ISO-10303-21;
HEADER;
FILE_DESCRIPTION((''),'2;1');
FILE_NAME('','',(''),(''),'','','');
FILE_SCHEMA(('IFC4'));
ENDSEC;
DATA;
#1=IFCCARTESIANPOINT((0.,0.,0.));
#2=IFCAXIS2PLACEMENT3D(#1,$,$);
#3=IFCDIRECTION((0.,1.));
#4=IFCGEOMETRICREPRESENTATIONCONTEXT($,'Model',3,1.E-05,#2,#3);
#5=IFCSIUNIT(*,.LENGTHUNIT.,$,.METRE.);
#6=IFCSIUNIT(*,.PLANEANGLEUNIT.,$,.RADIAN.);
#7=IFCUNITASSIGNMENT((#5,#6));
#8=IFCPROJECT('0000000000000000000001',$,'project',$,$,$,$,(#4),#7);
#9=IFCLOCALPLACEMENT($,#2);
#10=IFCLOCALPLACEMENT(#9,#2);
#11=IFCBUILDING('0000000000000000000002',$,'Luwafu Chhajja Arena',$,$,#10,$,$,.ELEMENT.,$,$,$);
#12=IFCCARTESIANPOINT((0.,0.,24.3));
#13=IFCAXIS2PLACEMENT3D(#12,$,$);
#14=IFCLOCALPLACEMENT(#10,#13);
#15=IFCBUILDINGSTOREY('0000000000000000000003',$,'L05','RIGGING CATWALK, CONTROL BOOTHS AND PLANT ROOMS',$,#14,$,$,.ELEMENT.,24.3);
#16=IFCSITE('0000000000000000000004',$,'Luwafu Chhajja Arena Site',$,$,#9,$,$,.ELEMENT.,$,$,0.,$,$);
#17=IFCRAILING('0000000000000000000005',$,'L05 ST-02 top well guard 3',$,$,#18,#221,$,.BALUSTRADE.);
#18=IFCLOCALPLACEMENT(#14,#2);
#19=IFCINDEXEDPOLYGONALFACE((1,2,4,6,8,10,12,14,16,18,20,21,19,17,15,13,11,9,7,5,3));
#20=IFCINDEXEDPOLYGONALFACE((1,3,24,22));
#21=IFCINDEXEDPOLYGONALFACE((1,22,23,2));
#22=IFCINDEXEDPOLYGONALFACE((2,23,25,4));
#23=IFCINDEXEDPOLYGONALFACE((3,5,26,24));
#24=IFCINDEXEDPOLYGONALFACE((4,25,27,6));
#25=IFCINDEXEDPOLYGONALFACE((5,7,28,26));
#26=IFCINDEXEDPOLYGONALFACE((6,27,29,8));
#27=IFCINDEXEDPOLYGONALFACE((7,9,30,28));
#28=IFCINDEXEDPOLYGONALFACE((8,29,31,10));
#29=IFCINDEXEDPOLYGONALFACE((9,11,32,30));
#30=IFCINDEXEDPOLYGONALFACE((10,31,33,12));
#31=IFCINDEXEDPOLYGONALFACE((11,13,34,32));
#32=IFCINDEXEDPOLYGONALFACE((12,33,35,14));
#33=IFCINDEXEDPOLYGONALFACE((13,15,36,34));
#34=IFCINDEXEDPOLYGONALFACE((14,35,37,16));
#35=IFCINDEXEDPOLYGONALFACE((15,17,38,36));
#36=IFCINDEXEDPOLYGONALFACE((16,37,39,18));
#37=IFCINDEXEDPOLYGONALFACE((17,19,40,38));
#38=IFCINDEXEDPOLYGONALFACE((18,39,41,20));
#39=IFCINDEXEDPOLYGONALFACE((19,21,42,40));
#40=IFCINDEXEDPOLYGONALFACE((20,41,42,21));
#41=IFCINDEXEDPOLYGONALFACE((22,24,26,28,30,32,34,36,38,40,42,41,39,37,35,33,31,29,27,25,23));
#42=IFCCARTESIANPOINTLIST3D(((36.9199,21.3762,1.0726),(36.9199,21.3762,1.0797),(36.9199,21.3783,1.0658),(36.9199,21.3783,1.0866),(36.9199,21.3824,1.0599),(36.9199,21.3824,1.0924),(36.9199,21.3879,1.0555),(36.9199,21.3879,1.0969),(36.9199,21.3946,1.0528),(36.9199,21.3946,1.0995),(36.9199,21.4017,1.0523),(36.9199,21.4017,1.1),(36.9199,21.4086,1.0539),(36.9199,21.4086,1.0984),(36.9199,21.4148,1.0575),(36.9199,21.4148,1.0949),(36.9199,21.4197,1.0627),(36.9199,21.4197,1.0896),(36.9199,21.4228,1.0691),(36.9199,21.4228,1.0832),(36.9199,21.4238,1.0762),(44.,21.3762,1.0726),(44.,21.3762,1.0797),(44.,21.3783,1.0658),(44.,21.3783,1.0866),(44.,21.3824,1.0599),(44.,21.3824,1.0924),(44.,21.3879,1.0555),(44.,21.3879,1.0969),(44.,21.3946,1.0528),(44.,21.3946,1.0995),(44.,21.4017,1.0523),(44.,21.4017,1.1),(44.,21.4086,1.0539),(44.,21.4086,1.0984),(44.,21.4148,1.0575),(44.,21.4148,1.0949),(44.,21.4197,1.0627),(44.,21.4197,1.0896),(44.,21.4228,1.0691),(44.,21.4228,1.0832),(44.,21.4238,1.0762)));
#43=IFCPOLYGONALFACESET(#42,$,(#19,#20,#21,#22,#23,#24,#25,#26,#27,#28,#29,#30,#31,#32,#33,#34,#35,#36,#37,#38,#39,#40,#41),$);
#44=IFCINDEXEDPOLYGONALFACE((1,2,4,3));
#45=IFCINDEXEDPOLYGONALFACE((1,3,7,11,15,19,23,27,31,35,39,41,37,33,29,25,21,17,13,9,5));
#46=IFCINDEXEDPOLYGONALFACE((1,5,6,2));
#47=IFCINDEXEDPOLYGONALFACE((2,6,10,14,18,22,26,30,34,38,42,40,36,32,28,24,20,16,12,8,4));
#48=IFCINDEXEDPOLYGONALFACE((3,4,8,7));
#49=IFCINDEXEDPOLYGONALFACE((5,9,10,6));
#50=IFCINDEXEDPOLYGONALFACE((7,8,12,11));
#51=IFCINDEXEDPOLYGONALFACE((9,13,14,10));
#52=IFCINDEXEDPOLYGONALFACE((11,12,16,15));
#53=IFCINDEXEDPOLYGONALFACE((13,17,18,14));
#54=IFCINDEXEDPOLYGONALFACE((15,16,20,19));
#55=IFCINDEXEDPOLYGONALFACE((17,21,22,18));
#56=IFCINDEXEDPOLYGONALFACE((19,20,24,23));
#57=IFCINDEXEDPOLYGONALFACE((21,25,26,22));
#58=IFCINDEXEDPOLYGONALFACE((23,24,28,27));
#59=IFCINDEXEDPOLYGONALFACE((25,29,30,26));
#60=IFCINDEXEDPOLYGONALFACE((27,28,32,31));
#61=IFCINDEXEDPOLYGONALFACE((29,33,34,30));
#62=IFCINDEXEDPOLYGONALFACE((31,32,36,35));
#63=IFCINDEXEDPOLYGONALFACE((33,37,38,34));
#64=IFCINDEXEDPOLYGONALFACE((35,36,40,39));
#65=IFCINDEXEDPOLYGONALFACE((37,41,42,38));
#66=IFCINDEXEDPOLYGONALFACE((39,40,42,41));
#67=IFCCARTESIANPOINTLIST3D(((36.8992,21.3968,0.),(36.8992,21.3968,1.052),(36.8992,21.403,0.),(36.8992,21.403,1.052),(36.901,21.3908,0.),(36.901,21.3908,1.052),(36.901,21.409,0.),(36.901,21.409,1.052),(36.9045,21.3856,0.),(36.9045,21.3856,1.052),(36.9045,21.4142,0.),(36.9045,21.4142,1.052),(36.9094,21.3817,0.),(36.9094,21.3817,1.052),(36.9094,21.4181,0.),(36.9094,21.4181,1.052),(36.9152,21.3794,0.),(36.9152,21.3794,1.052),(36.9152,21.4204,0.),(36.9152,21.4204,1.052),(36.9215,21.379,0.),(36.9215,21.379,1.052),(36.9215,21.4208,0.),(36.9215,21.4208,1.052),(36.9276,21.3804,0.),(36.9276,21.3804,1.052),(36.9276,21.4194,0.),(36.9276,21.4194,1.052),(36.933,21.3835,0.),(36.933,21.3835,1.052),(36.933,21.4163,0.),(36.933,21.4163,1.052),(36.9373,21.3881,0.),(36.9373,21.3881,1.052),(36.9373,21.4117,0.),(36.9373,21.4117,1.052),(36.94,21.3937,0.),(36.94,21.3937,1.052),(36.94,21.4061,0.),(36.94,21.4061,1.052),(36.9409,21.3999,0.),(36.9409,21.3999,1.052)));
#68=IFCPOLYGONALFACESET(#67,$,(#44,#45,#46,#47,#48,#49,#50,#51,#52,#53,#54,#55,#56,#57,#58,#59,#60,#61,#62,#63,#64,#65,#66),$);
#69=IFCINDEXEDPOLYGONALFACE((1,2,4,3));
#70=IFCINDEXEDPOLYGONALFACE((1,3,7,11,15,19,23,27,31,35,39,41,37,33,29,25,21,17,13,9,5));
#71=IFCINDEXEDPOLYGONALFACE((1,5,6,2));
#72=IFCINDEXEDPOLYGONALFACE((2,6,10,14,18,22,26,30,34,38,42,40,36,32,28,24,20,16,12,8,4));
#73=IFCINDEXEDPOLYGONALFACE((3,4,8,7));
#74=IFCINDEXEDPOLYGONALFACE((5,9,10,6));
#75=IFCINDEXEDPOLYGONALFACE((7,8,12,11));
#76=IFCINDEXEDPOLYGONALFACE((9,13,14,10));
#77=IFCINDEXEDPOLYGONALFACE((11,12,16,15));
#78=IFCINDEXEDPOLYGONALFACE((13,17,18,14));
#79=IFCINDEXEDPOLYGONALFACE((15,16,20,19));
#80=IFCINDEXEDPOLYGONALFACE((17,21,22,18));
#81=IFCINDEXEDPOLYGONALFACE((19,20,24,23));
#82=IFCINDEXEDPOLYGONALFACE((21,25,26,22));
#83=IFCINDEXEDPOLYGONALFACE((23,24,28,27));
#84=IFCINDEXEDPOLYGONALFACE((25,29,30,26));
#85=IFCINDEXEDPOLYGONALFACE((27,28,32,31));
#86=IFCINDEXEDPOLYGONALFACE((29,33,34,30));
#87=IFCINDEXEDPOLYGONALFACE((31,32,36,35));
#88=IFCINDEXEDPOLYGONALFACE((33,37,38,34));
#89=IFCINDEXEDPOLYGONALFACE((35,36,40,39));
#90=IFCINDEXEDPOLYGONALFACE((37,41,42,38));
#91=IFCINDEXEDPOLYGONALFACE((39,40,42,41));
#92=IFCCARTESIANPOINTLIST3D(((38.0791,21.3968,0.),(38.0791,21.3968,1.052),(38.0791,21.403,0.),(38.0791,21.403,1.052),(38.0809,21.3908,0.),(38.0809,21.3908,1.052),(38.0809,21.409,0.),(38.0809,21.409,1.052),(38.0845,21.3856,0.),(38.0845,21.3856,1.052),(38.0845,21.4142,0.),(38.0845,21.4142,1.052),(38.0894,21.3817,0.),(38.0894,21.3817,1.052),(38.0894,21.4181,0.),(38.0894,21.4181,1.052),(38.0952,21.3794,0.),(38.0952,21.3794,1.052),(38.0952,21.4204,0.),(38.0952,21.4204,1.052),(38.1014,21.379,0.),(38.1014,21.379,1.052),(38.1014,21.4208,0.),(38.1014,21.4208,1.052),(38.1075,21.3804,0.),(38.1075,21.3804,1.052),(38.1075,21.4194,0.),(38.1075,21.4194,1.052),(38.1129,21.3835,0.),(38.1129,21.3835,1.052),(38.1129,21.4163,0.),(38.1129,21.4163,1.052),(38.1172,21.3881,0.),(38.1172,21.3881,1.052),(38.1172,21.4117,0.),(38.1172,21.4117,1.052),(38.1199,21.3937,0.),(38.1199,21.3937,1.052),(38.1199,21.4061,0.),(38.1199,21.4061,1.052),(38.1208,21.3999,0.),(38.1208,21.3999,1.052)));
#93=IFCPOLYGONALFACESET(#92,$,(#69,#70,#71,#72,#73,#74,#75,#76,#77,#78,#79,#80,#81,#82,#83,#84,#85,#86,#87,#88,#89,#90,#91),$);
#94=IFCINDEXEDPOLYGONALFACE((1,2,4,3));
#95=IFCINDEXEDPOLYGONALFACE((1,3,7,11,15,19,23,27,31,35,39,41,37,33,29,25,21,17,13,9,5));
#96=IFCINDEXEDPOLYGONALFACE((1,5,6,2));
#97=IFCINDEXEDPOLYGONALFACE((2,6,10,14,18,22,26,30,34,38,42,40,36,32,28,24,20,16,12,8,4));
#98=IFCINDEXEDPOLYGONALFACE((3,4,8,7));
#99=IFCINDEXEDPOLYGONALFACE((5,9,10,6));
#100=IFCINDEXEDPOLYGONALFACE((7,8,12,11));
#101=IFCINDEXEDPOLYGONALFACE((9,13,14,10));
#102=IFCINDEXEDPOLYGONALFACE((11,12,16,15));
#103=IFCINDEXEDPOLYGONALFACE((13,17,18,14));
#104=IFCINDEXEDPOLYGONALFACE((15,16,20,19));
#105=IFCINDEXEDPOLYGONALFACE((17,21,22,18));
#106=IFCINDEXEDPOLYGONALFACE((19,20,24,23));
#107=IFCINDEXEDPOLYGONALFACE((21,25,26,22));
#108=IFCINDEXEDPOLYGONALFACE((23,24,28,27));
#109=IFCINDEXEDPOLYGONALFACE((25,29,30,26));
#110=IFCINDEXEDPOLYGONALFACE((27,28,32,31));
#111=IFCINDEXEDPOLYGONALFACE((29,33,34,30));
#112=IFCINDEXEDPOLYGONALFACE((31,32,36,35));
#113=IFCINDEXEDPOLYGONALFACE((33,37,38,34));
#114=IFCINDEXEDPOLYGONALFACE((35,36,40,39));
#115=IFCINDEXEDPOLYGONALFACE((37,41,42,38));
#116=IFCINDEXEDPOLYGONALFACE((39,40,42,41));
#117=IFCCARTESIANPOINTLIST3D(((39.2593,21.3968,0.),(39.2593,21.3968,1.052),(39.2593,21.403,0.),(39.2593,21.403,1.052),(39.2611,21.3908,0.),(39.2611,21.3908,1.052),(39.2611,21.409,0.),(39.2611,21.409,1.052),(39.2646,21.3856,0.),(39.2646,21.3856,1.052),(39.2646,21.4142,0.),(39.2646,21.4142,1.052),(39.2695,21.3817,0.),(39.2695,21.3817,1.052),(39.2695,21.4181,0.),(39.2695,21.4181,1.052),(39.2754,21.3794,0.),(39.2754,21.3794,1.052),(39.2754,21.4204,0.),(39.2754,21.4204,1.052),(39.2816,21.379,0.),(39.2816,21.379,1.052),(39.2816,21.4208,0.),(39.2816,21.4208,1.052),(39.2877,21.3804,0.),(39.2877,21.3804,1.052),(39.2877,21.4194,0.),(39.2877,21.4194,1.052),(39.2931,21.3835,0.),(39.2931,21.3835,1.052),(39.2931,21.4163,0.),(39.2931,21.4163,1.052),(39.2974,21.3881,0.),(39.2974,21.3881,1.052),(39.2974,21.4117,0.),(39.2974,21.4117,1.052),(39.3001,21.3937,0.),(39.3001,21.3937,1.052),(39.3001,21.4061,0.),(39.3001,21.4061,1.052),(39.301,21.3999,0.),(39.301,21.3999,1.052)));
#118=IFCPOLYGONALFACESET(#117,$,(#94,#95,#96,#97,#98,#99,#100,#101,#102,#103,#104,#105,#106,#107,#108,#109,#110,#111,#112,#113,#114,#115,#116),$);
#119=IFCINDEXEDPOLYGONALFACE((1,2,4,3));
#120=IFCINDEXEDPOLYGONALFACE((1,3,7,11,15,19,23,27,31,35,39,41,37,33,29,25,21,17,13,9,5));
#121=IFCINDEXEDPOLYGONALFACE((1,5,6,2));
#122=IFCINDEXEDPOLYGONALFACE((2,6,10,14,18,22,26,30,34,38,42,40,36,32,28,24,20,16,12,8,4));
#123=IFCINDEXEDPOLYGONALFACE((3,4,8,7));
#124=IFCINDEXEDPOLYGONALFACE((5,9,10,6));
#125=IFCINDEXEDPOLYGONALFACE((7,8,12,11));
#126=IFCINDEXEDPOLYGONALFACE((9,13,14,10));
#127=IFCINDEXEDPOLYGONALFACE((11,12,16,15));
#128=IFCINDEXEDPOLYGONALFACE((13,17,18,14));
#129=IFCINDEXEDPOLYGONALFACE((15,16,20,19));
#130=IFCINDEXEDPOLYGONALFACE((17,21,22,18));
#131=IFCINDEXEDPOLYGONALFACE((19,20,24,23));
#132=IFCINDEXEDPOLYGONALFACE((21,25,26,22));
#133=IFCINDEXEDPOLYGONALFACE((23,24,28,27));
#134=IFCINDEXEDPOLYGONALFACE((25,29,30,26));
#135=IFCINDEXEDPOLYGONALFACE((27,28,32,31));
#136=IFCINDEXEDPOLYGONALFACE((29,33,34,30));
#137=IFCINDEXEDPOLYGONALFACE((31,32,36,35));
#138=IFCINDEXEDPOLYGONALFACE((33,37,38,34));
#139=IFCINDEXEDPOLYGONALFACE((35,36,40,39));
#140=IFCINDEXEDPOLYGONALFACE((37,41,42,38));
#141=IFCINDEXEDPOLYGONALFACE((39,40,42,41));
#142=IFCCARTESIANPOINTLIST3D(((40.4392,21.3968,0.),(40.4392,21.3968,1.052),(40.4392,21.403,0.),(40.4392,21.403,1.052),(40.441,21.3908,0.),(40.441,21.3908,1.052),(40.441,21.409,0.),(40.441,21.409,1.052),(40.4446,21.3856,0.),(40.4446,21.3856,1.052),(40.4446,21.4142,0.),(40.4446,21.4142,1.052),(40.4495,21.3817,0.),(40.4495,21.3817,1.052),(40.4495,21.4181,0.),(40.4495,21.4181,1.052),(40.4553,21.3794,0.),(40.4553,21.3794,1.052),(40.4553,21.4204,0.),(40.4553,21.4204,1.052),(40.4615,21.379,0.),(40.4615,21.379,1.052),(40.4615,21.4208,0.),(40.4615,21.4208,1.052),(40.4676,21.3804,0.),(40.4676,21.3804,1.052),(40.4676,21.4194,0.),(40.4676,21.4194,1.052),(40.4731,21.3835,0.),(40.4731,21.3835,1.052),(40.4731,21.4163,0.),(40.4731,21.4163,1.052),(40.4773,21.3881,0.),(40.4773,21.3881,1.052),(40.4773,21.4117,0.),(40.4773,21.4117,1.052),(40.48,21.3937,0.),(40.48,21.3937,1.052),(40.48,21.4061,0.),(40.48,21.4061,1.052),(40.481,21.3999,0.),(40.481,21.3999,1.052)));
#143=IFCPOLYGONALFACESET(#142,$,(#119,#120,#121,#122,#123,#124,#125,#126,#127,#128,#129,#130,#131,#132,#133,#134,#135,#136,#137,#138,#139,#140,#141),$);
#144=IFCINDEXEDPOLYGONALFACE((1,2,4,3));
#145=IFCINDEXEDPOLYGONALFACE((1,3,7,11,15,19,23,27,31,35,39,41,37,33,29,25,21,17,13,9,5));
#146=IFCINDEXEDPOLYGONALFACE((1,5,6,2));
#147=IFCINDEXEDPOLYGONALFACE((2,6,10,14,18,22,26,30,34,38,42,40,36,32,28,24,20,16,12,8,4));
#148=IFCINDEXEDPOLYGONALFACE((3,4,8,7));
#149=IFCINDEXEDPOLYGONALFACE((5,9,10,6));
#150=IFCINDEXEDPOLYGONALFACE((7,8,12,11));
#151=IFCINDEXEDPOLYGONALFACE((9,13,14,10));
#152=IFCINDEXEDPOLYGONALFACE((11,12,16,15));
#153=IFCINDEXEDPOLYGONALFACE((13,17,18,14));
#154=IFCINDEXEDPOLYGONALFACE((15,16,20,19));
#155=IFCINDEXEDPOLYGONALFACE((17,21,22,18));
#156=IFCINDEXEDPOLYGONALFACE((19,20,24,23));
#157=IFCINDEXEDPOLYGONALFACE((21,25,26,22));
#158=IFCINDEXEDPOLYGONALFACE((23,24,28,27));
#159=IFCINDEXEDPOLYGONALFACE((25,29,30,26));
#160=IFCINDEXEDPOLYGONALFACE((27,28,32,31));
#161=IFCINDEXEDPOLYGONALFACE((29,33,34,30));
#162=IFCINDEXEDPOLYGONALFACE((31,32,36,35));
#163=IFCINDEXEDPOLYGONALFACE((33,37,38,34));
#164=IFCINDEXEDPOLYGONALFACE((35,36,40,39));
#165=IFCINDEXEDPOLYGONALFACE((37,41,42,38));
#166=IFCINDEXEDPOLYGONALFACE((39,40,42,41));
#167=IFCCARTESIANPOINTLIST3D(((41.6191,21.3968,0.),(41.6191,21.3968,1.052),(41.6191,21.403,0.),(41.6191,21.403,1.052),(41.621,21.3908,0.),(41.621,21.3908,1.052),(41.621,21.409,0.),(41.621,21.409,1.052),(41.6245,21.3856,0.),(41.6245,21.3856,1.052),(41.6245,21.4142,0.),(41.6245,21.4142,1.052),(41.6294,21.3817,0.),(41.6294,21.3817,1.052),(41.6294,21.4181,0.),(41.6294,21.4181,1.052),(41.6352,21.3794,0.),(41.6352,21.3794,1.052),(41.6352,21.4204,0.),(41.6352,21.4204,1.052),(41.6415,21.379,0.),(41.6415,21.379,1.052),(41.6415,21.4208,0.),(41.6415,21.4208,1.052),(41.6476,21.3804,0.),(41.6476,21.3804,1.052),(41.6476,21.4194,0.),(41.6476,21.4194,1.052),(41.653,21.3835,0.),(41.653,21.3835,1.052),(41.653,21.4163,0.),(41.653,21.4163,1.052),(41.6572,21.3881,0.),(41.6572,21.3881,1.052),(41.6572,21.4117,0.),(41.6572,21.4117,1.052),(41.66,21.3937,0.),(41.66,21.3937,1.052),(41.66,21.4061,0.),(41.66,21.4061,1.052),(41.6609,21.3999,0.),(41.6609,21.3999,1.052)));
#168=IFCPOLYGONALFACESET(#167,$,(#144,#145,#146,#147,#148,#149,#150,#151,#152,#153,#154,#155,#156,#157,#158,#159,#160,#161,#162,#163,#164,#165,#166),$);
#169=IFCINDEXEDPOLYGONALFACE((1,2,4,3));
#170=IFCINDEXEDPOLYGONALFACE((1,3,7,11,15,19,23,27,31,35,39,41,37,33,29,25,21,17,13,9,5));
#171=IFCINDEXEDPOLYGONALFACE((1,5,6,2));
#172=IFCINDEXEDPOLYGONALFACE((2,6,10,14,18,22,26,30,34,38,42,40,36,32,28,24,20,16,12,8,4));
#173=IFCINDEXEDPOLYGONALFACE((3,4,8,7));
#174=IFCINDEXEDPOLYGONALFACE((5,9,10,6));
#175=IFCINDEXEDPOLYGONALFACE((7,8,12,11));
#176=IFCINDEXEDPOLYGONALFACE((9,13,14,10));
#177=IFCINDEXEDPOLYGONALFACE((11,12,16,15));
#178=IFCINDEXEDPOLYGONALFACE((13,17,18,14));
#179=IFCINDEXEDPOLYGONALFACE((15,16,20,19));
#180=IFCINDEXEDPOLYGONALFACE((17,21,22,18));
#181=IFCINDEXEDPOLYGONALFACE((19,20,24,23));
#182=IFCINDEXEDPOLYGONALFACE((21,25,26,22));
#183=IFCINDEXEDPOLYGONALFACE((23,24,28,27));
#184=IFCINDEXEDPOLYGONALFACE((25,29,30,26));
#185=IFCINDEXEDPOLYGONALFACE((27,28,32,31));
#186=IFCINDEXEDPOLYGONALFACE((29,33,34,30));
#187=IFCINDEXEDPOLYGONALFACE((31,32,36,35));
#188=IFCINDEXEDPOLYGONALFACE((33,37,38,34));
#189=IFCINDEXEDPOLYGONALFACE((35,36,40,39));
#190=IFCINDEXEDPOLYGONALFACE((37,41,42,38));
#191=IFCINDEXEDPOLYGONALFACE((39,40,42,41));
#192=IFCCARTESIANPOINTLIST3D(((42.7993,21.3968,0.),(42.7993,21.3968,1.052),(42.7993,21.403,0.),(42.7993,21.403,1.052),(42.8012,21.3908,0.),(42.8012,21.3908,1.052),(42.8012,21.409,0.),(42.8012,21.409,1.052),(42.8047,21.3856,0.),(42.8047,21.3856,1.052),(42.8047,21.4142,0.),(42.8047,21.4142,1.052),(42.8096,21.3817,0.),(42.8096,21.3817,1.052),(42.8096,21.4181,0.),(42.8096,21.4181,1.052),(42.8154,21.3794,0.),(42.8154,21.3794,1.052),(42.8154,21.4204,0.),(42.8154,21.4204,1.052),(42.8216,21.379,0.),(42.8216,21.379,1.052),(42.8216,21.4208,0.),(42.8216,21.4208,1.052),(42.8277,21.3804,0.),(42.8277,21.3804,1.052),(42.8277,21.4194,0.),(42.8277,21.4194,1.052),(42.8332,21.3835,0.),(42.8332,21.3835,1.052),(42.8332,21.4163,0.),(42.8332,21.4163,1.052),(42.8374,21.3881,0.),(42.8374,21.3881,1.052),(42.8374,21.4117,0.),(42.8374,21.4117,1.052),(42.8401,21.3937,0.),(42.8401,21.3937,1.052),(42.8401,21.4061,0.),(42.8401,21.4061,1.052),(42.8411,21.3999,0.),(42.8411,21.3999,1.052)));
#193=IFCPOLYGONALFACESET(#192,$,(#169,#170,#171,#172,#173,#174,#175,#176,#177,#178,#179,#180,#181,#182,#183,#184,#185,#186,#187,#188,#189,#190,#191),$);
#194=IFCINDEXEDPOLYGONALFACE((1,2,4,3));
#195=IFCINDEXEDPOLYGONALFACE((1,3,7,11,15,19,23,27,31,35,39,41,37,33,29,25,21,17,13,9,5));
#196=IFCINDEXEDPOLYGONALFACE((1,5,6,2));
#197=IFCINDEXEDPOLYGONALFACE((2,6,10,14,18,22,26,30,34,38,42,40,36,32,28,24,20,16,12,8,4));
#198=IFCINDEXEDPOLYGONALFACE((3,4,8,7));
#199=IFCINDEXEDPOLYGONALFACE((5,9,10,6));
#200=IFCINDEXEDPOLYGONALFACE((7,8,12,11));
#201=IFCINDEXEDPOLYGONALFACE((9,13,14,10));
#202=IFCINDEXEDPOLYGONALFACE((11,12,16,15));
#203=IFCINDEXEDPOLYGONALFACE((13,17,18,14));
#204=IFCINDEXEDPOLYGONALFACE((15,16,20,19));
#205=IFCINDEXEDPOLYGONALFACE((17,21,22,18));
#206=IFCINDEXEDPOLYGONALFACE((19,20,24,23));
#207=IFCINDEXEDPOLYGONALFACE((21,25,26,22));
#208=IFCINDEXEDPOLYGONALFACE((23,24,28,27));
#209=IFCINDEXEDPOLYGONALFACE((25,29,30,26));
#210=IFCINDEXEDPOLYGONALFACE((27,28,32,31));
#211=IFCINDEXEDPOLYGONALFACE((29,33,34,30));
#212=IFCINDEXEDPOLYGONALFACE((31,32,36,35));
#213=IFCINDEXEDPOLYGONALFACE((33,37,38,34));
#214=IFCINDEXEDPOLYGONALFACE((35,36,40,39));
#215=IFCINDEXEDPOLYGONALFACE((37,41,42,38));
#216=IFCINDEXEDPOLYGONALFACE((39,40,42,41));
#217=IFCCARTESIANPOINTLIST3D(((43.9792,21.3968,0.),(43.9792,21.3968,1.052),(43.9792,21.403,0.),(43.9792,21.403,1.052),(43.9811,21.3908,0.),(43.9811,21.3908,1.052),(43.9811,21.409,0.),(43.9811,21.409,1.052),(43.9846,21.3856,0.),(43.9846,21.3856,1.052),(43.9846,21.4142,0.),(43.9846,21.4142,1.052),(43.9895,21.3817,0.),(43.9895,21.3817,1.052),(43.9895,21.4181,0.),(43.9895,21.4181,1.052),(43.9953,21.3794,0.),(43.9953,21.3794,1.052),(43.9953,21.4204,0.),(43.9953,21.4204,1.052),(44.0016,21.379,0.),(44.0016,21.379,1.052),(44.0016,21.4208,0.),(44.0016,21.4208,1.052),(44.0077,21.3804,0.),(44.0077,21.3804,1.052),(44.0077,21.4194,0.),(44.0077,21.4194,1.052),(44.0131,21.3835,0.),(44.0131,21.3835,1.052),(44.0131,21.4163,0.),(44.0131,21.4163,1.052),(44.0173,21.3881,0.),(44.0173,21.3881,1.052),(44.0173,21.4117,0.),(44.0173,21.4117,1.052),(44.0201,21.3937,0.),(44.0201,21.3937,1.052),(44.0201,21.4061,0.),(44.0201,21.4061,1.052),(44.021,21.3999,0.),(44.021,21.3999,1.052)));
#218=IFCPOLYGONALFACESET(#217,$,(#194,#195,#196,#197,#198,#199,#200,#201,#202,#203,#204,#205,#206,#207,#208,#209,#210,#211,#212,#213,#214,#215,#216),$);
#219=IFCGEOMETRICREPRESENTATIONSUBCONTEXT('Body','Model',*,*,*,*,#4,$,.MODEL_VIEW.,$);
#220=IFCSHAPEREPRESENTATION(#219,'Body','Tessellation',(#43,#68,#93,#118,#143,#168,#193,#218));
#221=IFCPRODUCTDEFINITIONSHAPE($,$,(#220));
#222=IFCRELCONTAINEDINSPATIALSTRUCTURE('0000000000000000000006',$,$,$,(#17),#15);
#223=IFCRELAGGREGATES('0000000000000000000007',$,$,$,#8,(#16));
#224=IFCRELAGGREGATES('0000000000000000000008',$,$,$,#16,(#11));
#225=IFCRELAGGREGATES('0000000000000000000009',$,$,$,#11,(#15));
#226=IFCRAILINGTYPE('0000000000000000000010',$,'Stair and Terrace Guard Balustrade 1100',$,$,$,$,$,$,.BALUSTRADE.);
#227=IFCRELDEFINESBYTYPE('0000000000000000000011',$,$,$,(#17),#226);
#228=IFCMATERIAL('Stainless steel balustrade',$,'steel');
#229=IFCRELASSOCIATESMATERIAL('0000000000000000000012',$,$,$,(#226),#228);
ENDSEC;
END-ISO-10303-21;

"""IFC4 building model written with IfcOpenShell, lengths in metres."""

from ifc_helpers import new_model, si_unit, direction, frame, origin, origin_2d, place, context, subcontext, project, spatial, circle, extrude, material, type_object, element, save


model = new_model("IFC4")

# Units and contexts
model_context = context("Model", 3, precision=1e-05, world=origin(), true_north=direction((0.0, 1.0)))
body_context = subcontext(model_context, "Body", "Model", "MODEL_VIEW")
ifc_project = project(units=[si_unit("LENGTHUNIT", "METRE"), si_unit("PLANEANGLEUNIT", "RADIAN")], contexts=[model_context])

# Site, building, storey
site_placement = place(None, origin())
site = spatial("IfcSite", under=ifc_project, at=site_placement, Name="Luwafu Chhajja Arena Site", CompositionType="ELEMENT", RefElevation=0.0)
building_placement = place(site_placement, origin())
building = spatial("IfcBuilding", under=site, at=building_placement, Name="Luwafu Chhajja Arena", CompositionType="ELEMENT")
storey_placement = place(building_placement, frame((0.0, 0.0, 24.3)))
storey = spatial("IfcBuildingStorey", under=building, at=storey_placement, Name="L05", Description="RIGGING CATWALK, CONTROL BOOTHS AND PLANT ROOMS", CompositionType="ELEMENT", Elevation=24.3)

# Railing
ifc_material_1 = material(Name="Stainless steel balustrade", Category="steel")
railing_type = type_object("IfcRailingType", Name="Stair and Terrace Guard Balustrade 1100", PredefinedType="BALUSTRADE", material=ifc_material_1)
for number, where, name in (
    (1, (36.9199, 21.3999, 0.0), "L05 ST-02 top well guard 3"),
):
    element("IfcRailing", number, at=place(storey_placement, frame(where)), inside=storey, type_object=railing_type, Name=name, PredefinedType="BALUSTRADE", context=body_context, shape_type="SweptSolid", body=[
        extrude(circle(Radius=0.0239, at=origin_2d()), frame((0.0, 0.0, 1.0762), z_axis=(1.0, 0.0, 0.0), x_axis=(0.0, 1.0, 0.0)), (0.0, 0.0, 1.0), 7.0801),
        extrude(circle(Radius=0.021, at=origin_2d()), origin(), (0.0, 0.0, 1.0), 1.052),
        extrude(circle(Radius=0.021, at=origin_2d()), frame((1.1799, 0.0, 0.0)), (0.0, 0.0, 1.0), 1.052),
        extrude(circle(Radius=0.021, at=origin_2d()), frame((2.3601, 0.0, 0.0)), (0.0, 0.0, 1.0), 1.052),
        extrude(circle(Radius=0.021, at=origin_2d()), frame((3.54, 0.0, 0.0)), (0.0, 0.0, 1.0), 1.052),
        extrude(circle(Radius=0.021, at=origin_2d()), frame((4.72, 0.0, 0.0)), (0.0, 0.0, 1.0), 1.052),
        extrude(circle(Radius=0.021, at=origin_2d()), frame((5.9001, 0.0, 0.0)), (0.0, 0.0, 1.0), 1.052),
        extrude(circle(Radius=0.021, at=origin_2d()), frame((7.0801, 0.0, 0.0)), (0.0, 0.0, 1.0), 1.052),
    ])

save(model, "model.ifc")
